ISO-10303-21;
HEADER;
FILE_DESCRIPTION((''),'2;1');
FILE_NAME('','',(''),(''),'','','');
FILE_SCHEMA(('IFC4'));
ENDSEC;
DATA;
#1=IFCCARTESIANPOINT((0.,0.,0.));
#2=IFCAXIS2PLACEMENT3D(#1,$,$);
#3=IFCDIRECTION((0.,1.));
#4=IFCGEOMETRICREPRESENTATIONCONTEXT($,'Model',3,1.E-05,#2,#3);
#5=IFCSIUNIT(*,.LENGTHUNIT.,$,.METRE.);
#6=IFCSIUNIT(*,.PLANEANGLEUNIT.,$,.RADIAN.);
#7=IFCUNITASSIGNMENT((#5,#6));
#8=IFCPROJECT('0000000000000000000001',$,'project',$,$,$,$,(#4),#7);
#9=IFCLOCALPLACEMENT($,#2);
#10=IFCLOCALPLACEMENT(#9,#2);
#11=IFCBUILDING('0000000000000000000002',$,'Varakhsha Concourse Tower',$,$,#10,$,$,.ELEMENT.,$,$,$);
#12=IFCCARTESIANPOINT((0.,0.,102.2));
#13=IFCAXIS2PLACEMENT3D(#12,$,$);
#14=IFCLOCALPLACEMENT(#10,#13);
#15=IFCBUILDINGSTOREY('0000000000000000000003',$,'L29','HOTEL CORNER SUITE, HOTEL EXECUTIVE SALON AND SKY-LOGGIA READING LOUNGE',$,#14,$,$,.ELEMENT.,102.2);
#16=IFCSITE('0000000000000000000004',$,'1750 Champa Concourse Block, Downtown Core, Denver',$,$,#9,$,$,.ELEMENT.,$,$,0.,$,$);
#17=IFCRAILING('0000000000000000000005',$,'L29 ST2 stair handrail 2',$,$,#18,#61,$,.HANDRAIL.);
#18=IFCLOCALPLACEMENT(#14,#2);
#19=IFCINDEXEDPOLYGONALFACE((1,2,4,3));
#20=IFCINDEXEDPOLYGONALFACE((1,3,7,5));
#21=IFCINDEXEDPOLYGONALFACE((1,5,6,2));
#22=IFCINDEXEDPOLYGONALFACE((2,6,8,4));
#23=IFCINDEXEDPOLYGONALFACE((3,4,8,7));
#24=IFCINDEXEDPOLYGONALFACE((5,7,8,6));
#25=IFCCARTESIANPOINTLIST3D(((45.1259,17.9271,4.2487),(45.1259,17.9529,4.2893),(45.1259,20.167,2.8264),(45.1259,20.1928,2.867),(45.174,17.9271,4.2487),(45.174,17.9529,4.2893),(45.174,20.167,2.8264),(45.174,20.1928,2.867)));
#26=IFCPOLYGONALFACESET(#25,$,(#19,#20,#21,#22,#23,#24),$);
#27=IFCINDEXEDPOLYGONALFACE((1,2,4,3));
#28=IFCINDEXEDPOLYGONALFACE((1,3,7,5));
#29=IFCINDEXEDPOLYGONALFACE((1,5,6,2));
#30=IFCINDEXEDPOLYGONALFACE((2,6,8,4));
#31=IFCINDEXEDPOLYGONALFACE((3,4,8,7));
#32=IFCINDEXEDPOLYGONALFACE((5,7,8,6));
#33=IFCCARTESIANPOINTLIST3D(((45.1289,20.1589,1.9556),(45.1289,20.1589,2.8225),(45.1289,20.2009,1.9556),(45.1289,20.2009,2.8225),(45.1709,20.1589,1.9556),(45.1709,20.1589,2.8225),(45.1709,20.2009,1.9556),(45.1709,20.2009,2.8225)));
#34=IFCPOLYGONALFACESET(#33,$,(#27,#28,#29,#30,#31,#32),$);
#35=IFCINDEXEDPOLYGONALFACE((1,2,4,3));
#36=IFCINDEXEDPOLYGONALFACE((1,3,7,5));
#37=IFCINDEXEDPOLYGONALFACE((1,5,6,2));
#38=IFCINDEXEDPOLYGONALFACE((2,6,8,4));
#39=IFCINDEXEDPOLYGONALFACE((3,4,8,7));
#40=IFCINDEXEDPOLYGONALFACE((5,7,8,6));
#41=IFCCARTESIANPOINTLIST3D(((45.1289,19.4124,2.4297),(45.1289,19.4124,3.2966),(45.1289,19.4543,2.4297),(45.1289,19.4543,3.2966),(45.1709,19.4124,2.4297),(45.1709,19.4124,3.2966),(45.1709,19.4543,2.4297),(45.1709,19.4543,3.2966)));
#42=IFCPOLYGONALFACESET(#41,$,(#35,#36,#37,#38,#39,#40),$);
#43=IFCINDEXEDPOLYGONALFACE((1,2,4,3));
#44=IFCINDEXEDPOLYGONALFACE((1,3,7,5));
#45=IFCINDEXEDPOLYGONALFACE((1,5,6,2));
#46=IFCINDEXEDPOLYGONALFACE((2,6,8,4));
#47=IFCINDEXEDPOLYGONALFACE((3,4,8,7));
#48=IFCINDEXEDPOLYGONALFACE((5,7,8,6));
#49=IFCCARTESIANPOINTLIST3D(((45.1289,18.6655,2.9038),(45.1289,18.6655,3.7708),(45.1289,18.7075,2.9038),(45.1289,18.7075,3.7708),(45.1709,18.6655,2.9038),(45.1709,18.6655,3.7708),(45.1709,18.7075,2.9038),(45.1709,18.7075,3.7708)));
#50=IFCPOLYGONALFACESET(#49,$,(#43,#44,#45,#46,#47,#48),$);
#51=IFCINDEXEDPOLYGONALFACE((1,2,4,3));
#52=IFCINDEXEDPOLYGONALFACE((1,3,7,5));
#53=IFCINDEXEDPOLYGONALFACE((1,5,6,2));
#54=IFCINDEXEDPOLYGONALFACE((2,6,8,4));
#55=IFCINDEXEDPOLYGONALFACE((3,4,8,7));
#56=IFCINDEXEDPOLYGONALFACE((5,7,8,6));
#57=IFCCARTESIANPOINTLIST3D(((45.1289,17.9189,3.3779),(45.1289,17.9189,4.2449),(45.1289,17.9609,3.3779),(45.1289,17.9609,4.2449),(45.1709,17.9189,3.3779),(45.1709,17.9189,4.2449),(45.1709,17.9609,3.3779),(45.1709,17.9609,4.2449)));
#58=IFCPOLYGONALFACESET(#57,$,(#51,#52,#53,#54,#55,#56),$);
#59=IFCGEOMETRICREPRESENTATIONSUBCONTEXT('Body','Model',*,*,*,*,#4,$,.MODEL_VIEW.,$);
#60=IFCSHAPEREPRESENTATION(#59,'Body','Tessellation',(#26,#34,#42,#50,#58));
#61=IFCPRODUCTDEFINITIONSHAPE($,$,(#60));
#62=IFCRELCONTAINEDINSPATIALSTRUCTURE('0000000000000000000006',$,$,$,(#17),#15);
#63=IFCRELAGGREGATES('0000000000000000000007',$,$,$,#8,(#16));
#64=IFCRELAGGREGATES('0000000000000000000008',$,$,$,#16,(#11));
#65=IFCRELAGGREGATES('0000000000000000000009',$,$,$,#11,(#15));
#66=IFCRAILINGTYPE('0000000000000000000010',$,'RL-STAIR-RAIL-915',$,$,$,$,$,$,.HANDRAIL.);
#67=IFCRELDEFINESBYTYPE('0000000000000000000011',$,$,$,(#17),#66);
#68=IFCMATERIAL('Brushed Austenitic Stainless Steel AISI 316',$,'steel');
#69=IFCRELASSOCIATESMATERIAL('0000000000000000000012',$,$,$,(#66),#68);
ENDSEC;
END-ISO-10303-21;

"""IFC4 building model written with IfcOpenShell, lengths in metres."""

from ifc_helpers import new_model, si_unit, direction, frame, origin, origin_2d, place, context, subcontext, project, spatial, rectangle, extrude, material, type_object, element, save


model = new_model("IFC4")

# Units and contexts
model_context = context("Model", 3, precision=1e-05, world=origin(), true_north=direction((0.0, 1.0)))
body_context = subcontext(model_context, "Body", "Model", "MODEL_VIEW")
ifc_project = project(units=[si_unit("LENGTHUNIT", "METRE"), si_unit("PLANEANGLEUNIT", "RADIAN")], contexts=[model_context])

# Site, building, storey
site_placement = place(None, origin())
site = spatial("IfcSite", under=ifc_project, at=site_placement, Name="1750 Champa Concourse Block, Downtown Core, Denver", CompositionType="ELEMENT", RefElevation=0.0)
building_placement = place(site_placement, origin())
building = spatial("IfcBuilding", under=site, at=building_placement, Name="Varakhsha Concourse Tower", CompositionType="ELEMENT")
storey_placement = place(building_placement, frame((0.0, 0.0, 102.2)))
storey = spatial("IfcBuildingStorey", under=building, at=storey_placement, Name="L29", Description="HOTEL CORNER SUITE, HOTEL EXECUTIVE SALON AND SKY-LOGGIA READING LOUNGE", CompositionType="ELEMENT", Elevation=102.2)

# Railing
ifc_material_1 = material(Name="Brushed Austenitic Stainless Steel AISI 316", Category="steel")
railing_type_1 = type_object("IfcRailingType", Name="RL-STAIR-RAIL-915", PredefinedType="HANDRAIL", material=ifc_material_1)
railing_1_placement = place(storey_placement, frame((45.1499, 20.1799, 1.9556)))
element("IfcRailing", 1, at=railing_1_placement, inside=storey, type_object=railing_type_1, Name="L29 ST2 stair handrail 2", PredefinedType="HANDRAIL", context=body_context, shape_type="SweptSolid", body=[
    extrude(rectangle(XDim=0.0481, YDim=0.0481, at=origin_2d()), frame((0.0, 0.0, 0.8911), z_axis=(0.0, -0.844188, 0.536048), x_axis=(1.0, 0.0, 0.0)), (0.0, 0.0, 1.0), 2.6533),
    extrude(rectangle(XDim=0.042, YDim=0.042, at=origin_2d()), origin(), (0.0, 0.0, 1.0), 0.8669),
    extrude(rectangle(XDim=0.042, YDim=0.042, at=origin_2d()), frame((0.0, -0.7466, 0.4741)), (0.0, 0.0, 1.0), 0.8669),
    extrude(rectangle(XDim=0.042, YDim=0.042, at=origin_2d()), frame((0.0, -1.4934, 0.9482)), (0.0, 0.0, 1.0), 0.8669),
    extrude(rectangle(XDim=0.042, YDim=0.042, at=origin_2d()), frame((0.0, -2.24, 1.4224)), (0.0, 0.0, 1.0), 0.8669),
])

save(model, "model.ifc")
